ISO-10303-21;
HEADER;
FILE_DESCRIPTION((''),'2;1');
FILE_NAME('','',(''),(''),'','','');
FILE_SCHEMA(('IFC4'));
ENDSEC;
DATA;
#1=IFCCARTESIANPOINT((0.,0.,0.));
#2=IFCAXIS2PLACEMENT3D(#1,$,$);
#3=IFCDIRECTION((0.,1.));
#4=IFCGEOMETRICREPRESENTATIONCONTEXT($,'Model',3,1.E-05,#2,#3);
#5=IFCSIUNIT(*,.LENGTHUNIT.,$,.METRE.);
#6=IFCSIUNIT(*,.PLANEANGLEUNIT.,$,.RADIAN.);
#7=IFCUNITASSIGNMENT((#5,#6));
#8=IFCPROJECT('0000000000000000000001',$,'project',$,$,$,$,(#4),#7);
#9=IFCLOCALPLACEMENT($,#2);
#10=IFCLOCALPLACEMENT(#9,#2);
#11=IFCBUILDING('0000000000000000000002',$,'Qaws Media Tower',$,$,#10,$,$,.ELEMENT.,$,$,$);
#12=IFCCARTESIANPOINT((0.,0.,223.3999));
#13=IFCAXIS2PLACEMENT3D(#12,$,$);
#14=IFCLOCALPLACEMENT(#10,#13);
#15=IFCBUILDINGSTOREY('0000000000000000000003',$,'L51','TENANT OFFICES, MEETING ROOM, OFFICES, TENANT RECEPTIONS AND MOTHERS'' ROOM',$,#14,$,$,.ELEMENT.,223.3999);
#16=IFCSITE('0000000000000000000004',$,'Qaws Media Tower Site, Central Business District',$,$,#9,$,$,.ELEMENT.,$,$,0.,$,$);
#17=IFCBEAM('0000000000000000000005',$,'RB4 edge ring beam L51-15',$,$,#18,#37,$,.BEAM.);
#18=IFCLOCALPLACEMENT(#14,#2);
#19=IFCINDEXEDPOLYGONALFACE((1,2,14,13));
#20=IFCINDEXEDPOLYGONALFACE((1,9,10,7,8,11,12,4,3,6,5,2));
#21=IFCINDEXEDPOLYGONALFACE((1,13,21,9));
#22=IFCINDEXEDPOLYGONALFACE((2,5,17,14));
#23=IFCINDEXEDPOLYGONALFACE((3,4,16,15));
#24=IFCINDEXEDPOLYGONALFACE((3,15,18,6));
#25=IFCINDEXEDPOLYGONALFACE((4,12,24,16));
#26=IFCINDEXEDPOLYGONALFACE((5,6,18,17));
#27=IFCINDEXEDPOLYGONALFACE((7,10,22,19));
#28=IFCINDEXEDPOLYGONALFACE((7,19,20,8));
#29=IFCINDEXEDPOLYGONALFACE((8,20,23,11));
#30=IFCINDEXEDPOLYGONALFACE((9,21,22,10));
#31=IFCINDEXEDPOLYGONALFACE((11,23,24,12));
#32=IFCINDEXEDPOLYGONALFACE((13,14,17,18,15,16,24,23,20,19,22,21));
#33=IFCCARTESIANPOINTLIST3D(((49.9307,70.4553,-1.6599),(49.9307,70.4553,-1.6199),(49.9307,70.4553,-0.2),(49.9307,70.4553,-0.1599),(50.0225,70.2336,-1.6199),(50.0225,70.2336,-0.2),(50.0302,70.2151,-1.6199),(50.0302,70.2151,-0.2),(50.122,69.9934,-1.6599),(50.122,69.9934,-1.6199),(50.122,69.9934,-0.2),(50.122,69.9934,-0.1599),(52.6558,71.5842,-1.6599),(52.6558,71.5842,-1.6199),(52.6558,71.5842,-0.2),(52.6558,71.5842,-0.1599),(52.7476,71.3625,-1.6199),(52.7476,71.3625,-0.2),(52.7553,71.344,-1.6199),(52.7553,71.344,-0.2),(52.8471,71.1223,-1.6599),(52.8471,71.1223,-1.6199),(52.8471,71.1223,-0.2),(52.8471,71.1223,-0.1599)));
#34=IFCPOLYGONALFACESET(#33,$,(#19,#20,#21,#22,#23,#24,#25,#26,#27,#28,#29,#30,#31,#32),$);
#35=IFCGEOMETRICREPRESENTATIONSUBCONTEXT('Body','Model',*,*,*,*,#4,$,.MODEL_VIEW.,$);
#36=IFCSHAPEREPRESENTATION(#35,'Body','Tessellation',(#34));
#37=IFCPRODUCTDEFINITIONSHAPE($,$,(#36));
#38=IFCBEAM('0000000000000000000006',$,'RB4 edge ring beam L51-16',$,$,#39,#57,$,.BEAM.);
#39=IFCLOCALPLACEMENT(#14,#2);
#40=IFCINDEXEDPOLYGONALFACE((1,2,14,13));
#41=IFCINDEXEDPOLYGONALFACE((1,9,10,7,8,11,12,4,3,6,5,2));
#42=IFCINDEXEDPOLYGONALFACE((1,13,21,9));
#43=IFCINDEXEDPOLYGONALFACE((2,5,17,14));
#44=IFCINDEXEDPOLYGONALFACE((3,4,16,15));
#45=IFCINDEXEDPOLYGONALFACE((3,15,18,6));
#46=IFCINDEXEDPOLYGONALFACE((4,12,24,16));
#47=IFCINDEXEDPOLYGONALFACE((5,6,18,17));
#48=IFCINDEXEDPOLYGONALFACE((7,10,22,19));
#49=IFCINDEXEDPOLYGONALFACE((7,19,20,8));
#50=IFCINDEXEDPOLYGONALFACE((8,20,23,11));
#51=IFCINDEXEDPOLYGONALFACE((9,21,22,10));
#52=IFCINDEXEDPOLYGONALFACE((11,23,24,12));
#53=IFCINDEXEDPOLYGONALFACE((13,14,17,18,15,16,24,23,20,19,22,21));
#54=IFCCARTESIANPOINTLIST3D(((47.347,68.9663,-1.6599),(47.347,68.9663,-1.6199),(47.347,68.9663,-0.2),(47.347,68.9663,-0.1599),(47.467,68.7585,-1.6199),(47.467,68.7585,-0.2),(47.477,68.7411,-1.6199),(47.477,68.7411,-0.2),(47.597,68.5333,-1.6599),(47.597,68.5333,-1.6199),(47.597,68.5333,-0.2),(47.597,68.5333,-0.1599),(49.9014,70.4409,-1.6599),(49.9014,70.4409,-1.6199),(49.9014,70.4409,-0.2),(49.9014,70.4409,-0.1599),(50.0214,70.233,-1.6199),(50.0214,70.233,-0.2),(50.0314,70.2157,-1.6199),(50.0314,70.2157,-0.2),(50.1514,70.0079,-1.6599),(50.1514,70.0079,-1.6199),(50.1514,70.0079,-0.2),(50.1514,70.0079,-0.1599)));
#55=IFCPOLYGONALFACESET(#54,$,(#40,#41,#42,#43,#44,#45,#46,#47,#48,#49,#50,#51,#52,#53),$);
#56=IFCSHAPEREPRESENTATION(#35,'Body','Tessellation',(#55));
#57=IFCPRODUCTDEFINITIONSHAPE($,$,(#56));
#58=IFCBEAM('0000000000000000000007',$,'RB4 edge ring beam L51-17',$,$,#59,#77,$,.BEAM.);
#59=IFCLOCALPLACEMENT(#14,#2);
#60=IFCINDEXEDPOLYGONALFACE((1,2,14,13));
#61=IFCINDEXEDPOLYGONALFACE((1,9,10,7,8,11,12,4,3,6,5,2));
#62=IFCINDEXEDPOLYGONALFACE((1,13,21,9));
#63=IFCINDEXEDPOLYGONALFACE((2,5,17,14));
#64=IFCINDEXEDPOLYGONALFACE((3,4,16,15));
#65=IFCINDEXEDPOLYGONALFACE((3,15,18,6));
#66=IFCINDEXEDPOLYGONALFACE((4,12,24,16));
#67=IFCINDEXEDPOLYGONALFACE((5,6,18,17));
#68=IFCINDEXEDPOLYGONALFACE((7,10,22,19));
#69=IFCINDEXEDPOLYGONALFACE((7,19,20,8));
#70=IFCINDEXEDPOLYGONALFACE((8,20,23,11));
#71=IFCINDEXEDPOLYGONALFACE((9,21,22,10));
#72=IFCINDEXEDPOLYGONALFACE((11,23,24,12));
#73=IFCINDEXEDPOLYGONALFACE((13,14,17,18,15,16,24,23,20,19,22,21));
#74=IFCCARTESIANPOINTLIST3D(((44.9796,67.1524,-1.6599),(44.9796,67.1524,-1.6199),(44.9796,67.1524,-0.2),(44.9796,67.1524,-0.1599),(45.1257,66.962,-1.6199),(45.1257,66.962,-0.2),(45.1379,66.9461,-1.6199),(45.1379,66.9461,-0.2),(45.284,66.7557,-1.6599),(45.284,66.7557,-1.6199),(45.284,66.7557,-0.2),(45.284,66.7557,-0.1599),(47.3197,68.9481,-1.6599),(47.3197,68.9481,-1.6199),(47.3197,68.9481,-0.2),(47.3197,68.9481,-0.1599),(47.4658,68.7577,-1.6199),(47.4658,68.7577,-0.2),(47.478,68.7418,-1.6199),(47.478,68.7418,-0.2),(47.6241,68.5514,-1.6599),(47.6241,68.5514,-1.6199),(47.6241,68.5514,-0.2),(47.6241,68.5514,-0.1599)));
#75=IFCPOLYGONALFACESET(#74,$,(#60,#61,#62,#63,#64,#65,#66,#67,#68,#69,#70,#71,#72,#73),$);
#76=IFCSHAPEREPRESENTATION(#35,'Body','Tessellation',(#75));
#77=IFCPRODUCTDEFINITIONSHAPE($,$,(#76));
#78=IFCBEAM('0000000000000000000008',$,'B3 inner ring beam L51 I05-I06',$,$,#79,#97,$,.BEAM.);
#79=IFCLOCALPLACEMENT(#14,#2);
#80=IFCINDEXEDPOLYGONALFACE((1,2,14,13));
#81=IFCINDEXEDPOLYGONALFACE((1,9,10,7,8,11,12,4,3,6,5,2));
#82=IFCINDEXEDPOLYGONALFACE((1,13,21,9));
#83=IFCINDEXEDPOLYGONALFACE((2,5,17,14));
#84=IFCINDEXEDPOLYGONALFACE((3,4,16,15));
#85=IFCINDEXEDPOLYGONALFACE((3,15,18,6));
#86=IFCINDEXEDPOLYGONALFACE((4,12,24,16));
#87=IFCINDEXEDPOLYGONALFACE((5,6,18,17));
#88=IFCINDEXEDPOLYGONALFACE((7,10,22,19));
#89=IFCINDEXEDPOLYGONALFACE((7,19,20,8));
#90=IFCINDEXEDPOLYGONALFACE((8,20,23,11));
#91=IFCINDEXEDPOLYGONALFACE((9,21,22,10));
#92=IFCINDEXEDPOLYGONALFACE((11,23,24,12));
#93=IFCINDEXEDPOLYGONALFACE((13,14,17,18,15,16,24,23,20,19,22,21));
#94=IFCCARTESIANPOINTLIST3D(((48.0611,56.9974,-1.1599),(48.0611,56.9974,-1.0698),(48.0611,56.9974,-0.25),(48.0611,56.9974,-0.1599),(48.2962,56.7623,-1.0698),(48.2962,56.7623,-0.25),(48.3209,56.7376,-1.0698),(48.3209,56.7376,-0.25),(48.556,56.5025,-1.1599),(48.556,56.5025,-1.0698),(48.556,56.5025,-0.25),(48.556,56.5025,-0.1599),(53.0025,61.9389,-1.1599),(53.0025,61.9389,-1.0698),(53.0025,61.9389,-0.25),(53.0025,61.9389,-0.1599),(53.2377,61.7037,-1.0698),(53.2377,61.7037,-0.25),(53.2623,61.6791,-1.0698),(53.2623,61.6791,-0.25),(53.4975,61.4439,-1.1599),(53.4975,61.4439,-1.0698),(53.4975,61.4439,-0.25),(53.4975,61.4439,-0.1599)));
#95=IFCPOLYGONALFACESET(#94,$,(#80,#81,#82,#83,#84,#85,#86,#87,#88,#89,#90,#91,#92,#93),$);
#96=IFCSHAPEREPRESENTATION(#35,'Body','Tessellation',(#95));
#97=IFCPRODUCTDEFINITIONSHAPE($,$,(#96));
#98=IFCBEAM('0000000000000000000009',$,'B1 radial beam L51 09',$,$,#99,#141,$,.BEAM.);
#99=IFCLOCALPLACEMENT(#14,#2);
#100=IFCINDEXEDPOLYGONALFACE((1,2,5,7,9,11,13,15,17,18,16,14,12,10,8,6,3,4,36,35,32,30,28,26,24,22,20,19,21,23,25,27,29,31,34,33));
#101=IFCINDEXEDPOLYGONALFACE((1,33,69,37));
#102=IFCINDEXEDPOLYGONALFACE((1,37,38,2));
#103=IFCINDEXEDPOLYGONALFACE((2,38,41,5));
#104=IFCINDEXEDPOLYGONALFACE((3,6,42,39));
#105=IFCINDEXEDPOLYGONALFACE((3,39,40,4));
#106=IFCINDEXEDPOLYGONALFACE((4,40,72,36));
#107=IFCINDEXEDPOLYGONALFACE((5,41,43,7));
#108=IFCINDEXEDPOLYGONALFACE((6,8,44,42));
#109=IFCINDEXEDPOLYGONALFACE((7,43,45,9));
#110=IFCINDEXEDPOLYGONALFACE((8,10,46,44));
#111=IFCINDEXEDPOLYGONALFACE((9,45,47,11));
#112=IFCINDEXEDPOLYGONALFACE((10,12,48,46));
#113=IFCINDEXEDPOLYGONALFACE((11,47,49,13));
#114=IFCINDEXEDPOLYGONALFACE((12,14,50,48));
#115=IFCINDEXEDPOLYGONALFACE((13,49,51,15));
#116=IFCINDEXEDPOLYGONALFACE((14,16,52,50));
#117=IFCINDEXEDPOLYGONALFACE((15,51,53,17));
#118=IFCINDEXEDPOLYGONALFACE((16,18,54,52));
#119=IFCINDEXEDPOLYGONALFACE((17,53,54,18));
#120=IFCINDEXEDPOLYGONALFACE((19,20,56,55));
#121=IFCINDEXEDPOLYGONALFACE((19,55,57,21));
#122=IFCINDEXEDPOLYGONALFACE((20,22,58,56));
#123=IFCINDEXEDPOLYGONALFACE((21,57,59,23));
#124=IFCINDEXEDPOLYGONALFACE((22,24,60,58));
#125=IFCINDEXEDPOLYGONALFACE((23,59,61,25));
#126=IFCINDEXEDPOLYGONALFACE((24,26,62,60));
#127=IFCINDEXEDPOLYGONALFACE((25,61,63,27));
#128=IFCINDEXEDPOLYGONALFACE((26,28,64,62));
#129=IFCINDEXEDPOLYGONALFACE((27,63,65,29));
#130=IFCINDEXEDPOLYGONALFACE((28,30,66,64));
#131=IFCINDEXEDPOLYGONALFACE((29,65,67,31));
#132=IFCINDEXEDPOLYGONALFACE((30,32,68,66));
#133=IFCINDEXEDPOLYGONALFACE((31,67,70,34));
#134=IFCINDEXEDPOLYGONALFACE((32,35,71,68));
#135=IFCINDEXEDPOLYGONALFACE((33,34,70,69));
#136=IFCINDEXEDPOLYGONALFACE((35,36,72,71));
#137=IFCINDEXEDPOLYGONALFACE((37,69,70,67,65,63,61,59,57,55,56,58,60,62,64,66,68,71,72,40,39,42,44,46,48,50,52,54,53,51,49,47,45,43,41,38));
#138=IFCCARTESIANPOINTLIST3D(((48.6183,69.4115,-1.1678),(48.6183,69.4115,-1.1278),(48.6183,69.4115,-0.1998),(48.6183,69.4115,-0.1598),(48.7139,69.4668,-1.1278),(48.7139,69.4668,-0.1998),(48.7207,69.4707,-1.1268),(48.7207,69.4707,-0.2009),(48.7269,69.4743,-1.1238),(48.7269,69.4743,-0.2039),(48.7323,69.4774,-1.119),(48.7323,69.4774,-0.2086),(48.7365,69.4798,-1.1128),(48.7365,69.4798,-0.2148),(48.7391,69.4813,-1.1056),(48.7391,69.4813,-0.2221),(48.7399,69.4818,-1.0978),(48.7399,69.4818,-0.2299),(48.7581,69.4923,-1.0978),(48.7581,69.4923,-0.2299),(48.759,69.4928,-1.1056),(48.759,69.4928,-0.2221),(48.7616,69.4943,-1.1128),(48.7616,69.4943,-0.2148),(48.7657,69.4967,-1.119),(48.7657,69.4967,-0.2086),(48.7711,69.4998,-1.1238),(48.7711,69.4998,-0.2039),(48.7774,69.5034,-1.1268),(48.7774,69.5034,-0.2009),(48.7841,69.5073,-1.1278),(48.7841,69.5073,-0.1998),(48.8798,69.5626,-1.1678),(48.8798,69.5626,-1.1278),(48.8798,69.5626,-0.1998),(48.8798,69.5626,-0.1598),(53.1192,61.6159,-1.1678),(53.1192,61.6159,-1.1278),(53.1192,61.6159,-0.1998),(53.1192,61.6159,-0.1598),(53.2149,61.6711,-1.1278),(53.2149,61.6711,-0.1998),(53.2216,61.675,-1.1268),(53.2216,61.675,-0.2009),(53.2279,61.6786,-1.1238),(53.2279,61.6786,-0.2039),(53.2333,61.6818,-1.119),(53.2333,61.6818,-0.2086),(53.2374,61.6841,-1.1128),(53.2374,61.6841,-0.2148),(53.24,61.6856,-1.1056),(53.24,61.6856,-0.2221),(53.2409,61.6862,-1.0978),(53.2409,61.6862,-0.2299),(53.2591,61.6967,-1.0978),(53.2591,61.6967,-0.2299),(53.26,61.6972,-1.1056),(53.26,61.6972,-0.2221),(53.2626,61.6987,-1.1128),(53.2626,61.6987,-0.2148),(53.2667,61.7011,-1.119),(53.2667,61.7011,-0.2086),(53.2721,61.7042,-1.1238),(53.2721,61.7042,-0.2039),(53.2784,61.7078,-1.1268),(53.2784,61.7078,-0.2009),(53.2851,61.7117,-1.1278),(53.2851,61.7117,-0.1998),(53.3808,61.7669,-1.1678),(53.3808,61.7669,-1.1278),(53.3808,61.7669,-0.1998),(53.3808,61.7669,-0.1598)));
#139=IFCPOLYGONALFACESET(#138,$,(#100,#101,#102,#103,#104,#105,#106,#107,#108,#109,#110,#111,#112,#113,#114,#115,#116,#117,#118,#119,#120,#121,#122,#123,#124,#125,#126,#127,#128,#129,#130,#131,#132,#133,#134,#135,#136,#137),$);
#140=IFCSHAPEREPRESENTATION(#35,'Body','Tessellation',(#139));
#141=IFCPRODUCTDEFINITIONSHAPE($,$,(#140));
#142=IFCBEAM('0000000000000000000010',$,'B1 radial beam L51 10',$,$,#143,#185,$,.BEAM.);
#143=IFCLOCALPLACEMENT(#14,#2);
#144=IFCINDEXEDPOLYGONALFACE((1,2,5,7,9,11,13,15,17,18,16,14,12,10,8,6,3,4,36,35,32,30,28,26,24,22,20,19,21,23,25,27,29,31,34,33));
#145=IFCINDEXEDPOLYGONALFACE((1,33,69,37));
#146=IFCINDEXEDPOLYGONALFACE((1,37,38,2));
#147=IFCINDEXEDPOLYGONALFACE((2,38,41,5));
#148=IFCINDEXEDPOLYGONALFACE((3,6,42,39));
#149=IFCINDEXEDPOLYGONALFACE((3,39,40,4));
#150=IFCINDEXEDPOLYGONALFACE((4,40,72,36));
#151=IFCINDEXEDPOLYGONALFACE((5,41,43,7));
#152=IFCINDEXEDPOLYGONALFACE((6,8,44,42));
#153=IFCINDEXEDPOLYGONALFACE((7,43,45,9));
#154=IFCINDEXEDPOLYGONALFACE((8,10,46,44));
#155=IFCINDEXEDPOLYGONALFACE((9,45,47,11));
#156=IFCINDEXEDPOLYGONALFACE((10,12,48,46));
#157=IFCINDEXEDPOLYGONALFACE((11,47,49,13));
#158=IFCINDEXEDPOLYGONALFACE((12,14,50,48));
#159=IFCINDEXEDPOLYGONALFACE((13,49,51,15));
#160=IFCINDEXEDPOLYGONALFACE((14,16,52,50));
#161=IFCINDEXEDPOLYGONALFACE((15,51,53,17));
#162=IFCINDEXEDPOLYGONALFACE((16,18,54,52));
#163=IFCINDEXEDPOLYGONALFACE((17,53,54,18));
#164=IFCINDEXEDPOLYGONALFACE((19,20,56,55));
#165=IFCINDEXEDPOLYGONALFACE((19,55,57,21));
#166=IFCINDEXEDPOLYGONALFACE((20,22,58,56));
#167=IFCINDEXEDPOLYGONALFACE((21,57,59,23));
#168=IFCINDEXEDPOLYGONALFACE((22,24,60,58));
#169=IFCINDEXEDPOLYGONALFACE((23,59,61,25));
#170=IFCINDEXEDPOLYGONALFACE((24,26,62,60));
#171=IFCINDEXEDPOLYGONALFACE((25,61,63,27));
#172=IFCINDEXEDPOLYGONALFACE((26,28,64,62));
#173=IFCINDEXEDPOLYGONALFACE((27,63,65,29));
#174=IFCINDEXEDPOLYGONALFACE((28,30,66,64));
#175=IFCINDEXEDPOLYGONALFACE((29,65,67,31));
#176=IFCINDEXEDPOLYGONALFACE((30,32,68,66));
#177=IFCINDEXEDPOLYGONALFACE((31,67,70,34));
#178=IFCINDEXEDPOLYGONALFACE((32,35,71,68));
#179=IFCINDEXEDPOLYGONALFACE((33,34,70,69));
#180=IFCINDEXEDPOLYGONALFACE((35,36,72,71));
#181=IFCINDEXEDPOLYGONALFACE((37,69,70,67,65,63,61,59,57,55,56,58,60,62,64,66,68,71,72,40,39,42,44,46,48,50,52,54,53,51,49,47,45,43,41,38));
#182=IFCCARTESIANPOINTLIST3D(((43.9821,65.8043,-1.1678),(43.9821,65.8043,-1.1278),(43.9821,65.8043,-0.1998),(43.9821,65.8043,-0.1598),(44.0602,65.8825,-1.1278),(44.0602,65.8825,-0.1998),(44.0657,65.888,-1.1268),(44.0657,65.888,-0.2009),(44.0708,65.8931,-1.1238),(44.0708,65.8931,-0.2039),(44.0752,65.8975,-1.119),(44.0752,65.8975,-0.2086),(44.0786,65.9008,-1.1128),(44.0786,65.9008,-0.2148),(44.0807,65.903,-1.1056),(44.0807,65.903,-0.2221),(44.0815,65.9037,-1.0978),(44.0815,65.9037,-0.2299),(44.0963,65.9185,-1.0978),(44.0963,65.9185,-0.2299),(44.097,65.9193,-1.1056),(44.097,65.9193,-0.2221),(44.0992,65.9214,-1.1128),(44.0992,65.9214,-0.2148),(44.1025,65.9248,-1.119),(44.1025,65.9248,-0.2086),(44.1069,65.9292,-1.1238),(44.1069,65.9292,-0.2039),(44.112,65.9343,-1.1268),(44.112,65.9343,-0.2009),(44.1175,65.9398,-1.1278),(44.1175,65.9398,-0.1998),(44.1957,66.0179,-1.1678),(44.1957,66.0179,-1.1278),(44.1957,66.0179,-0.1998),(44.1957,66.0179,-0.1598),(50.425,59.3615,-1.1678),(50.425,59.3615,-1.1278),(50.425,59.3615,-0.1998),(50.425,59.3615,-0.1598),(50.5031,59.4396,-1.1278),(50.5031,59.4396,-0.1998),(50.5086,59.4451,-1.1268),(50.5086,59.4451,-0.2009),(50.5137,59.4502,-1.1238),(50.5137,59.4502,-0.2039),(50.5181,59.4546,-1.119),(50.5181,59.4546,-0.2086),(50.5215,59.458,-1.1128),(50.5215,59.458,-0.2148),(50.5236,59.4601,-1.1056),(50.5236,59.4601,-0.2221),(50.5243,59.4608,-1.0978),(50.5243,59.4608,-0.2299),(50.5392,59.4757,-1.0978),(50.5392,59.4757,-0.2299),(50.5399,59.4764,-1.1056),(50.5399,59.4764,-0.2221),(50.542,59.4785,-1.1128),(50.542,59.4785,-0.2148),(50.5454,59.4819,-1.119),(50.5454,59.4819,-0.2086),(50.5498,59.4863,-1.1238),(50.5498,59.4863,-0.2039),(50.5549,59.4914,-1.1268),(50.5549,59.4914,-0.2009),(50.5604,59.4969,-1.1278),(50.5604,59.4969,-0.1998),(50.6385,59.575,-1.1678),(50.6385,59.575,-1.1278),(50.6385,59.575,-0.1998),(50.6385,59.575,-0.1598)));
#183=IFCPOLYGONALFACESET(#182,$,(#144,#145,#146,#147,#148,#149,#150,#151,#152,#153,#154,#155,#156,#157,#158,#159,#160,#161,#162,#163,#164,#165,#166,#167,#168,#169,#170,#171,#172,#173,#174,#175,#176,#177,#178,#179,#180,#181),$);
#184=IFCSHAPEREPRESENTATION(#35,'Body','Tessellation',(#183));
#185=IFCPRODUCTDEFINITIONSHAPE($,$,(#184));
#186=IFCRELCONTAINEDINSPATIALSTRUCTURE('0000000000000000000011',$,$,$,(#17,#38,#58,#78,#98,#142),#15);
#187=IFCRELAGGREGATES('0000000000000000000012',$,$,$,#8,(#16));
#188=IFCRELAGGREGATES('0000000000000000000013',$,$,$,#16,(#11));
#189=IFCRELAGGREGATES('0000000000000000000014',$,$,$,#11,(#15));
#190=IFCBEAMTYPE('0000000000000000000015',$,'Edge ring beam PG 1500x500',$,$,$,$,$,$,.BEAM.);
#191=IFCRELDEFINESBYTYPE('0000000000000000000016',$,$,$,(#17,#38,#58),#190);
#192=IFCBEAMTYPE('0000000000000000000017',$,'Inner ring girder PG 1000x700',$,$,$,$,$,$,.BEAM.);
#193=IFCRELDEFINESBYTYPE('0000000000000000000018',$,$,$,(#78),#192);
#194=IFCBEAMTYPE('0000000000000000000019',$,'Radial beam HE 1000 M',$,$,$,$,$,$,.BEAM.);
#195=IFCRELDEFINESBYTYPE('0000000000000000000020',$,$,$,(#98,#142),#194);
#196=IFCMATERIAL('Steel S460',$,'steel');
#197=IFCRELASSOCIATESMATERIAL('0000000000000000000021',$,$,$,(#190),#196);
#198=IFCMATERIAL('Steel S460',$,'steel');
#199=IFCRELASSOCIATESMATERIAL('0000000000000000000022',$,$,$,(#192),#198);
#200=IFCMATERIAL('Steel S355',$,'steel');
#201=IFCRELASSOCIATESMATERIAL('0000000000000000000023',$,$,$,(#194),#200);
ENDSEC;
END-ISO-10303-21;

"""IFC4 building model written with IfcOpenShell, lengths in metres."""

from ifc_helpers import new_model, si_unit, direction, frame, origin, origin_2d, place, context, subcontext, project, spatial, i_section, extrude, material, material_profile, profile_set, type_object, element, save


model = new_model("IFC4")

# Units and contexts
model_context = context("Model", 3, precision=1e-05, world=origin(), true_north=direction((0.0, 1.0)))
body_context = subcontext(model_context, "Body", "Model", "MODEL_VIEW")
ifc_project = project(units=[si_unit("LENGTHUNIT", "METRE"), si_unit("PLANEANGLEUNIT", "RADIAN")], contexts=[model_context])

# Site, building, storey
site_placement = place(None, origin())
site = spatial("IfcSite", under=ifc_project, at=site_placement, Name="Qaws Media Tower Site, Central Business District", CompositionType="ELEMENT", RefElevation=0.0)
building_placement = place(site_placement, origin())
building = spatial("IfcBuilding", under=site, at=building_placement, Name="Qaws Media Tower", CompositionType="ELEMENT")
storey_placement = place(building_placement, frame((0.0, 0.0, 223.3999)))
storey = spatial("IfcBuildingStorey", under=building, at=storey_placement, Name="L51", Description="TENANT OFFICES, MEETING ROOM, OFFICES, TENANT RECEPTIONS AND MOTHERS' ROOM", CompositionType="ELEMENT", Elevation=223.3999)

# Beams
ifc_material_1 = material(Name="Steel S460", Category="steel")
ifc_material_profile_1 = material_profile(ifc_material_1, i_section(OverallWidth=0.5, OverallDepth=1.5, WebThickness=0.02, FlangeThickness=0.04, at=origin_2d()), Name="PG 1500x500")
ifc_profile_set_1 = profile_set([ifc_material_profile_1], Name="Steel S460")
beam_type_1 = type_object("IfcBeamType", Name="Edge ring beam PG 1500x500", PredefinedType="BEAM", material=ifc_profile_set_1)
beam_1_placement = place(storey_placement, frame((52.7515, 71.3533, -0.9099), z_axis=(-0.923863, -0.382722, 0.0), x_axis=(0.382722, -0.923863, 0.0)))
element("IfcBeam", 1, at=beam_1_placement, inside=storey, type_object=beam_type_1, Name="RB4 edge ring beam L51-15", PredefinedType="BEAM", context=body_context, shape_type="SweptSolid", body=[
    extrude(i_section(OverallWidth=0.5, OverallDepth=1.5, WebThickness=0.02, FlangeThickness=0.04, at=origin_2d()), origin(), (0.0, 0.0, 1.0), 2.9497),
])
beam_2_placement = place(storey_placement, frame((50.0264, 70.2244, -0.9099), z_axis=(-0.866055, -0.499949, 0.0), x_axis=(0.499949, -0.866055, 0.0)))
element("IfcBeam", 2, at=beam_2_placement, inside=storey, type_object=beam_type_1, Name="RB4 edge ring beam L51-16", PredefinedType="BEAM", context=body_context, shape_type="SweptSolid", body=[
    extrude(i_section(OverallWidth=0.5, OverallDepth=1.5, WebThickness=0.02, FlangeThickness=0.04, at=origin_2d()), origin(), (0.0, 0.0, 1.0), 2.9495),
])
beam_3_placement = place(storey_placement, frame((47.4719, 68.7498, -0.9099), z_axis=(-0.793347, -0.60877, 0.0), x_axis=(0.60877, -0.793347, 0.0)))
element("IfcBeam", 3, at=beam_3_placement, inside=storey, type_object=beam_type_1, Name="RB4 edge ring beam L51-17", PredefinedType="BEAM", context=body_context, shape_type="SweptSolid", body=[
    extrude(i_section(OverallWidth=0.5, OverallDepth=1.5, WebThickness=0.02, FlangeThickness=0.04, at=origin_2d()), origin(), (0.0, 0.0, 1.0), 2.9497),
])
ifc_material_2 = material(Name="Steel S460", Category="steel")
ifc_material_profile_2 = material_profile(ifc_material_2, i_section(OverallWidth=0.7, OverallDepth=1.0, WebThickness=0.0349, FlangeThickness=0.0901, at=origin_2d()), Name="PG 1000x700")
ifc_profile_set_2 = profile_set([ifc_material_profile_2], Name="Steel S460")
beam_type_2 = type_object("IfcBeamType", Name="Inner ring girder PG 1000x700", PredefinedType="BEAM", material=ifc_profile_set_2)
beam_4_placement = place(storey_placement, frame((53.25, 61.6914, -0.6599), z_axis=(-0.707107, -0.707107, 0.0), x_axis=(0.707107, -0.707107, 0.0)))
element("IfcBeam", 4, at=beam_4_placement, inside=storey, type_object=beam_type_2, Name="B3 inner ring beam L51 I05-I06", PredefinedType="BEAM", context=body_context, shape_type="SweptSolid", body=[
    extrude(i_section(OverallWidth=0.7, OverallDepth=1.0, WebThickness=0.0349, FlangeThickness=0.0901, at=origin_2d()), origin(), (0.0, 0.0, 1.0), 6.9883),
])
ifc_material_3 = material(Name="Steel S355", Category="steel")
ifc_material_profile_3 = material_profile(ifc_material_3, i_section(OverallWidth=0.302, OverallDepth=1.0081, WebThickness=0.021, FlangeThickness=0.04, FilletRadius=0.03, at=origin_2d()), Name="HE 1000 M")
ifc_profile_set_3 = profile_set([ifc_material_profile_3], Name="Steel S355")
beam_type_3 = type_object("IfcBeamType", Name="Radial beam HE 1000 M", PredefinedType="BEAM", material=ifc_profile_set_3)
beam_5_placement = place(storey_placement, frame((53.25, 61.6914, -0.6638), z_axis=(-0.500013, 0.866018, 0.0), x_axis=(-0.866018, -0.500013, 0.0)))
element("IfcBeam", 5, at=beam_5_placement, inside=storey, type_object=beam_type_3, Name="B1 radial beam L51 09", PredefinedType="BEAM", context=body_context, shape_type="SweptSolid", body=[
    extrude(i_section(OverallWidth=0.302, OverallDepth=1.0081, WebThickness=0.021, FlangeThickness=0.04, FilletRadius=0.03, at=origin_2d()), origin(), (0.0, 0.0, 1.0), 9.0017),
])
beam_6_placement = place(storey_placement, frame((50.5317, 59.4683, -0.6638), z_axis=(-0.707107, 0.707107, 0.0), x_axis=(-0.707107, -0.707107, 0.0)))
element("IfcBeam", 6, at=beam_6_placement, inside=storey, type_object=beam_type_3, Name="B1 radial beam L51 10", PredefinedType="BEAM", context=body_context, shape_type="SweptSolid", body=[
    extrude(i_section(OverallWidth=0.302, OverallDepth=1.0081, WebThickness=0.021, FlangeThickness=0.04, FilletRadius=0.03, at=origin_2d()), origin(), (0.0, 0.0, 1.0), 9.1116),
])

save(model, "model.ifc")
